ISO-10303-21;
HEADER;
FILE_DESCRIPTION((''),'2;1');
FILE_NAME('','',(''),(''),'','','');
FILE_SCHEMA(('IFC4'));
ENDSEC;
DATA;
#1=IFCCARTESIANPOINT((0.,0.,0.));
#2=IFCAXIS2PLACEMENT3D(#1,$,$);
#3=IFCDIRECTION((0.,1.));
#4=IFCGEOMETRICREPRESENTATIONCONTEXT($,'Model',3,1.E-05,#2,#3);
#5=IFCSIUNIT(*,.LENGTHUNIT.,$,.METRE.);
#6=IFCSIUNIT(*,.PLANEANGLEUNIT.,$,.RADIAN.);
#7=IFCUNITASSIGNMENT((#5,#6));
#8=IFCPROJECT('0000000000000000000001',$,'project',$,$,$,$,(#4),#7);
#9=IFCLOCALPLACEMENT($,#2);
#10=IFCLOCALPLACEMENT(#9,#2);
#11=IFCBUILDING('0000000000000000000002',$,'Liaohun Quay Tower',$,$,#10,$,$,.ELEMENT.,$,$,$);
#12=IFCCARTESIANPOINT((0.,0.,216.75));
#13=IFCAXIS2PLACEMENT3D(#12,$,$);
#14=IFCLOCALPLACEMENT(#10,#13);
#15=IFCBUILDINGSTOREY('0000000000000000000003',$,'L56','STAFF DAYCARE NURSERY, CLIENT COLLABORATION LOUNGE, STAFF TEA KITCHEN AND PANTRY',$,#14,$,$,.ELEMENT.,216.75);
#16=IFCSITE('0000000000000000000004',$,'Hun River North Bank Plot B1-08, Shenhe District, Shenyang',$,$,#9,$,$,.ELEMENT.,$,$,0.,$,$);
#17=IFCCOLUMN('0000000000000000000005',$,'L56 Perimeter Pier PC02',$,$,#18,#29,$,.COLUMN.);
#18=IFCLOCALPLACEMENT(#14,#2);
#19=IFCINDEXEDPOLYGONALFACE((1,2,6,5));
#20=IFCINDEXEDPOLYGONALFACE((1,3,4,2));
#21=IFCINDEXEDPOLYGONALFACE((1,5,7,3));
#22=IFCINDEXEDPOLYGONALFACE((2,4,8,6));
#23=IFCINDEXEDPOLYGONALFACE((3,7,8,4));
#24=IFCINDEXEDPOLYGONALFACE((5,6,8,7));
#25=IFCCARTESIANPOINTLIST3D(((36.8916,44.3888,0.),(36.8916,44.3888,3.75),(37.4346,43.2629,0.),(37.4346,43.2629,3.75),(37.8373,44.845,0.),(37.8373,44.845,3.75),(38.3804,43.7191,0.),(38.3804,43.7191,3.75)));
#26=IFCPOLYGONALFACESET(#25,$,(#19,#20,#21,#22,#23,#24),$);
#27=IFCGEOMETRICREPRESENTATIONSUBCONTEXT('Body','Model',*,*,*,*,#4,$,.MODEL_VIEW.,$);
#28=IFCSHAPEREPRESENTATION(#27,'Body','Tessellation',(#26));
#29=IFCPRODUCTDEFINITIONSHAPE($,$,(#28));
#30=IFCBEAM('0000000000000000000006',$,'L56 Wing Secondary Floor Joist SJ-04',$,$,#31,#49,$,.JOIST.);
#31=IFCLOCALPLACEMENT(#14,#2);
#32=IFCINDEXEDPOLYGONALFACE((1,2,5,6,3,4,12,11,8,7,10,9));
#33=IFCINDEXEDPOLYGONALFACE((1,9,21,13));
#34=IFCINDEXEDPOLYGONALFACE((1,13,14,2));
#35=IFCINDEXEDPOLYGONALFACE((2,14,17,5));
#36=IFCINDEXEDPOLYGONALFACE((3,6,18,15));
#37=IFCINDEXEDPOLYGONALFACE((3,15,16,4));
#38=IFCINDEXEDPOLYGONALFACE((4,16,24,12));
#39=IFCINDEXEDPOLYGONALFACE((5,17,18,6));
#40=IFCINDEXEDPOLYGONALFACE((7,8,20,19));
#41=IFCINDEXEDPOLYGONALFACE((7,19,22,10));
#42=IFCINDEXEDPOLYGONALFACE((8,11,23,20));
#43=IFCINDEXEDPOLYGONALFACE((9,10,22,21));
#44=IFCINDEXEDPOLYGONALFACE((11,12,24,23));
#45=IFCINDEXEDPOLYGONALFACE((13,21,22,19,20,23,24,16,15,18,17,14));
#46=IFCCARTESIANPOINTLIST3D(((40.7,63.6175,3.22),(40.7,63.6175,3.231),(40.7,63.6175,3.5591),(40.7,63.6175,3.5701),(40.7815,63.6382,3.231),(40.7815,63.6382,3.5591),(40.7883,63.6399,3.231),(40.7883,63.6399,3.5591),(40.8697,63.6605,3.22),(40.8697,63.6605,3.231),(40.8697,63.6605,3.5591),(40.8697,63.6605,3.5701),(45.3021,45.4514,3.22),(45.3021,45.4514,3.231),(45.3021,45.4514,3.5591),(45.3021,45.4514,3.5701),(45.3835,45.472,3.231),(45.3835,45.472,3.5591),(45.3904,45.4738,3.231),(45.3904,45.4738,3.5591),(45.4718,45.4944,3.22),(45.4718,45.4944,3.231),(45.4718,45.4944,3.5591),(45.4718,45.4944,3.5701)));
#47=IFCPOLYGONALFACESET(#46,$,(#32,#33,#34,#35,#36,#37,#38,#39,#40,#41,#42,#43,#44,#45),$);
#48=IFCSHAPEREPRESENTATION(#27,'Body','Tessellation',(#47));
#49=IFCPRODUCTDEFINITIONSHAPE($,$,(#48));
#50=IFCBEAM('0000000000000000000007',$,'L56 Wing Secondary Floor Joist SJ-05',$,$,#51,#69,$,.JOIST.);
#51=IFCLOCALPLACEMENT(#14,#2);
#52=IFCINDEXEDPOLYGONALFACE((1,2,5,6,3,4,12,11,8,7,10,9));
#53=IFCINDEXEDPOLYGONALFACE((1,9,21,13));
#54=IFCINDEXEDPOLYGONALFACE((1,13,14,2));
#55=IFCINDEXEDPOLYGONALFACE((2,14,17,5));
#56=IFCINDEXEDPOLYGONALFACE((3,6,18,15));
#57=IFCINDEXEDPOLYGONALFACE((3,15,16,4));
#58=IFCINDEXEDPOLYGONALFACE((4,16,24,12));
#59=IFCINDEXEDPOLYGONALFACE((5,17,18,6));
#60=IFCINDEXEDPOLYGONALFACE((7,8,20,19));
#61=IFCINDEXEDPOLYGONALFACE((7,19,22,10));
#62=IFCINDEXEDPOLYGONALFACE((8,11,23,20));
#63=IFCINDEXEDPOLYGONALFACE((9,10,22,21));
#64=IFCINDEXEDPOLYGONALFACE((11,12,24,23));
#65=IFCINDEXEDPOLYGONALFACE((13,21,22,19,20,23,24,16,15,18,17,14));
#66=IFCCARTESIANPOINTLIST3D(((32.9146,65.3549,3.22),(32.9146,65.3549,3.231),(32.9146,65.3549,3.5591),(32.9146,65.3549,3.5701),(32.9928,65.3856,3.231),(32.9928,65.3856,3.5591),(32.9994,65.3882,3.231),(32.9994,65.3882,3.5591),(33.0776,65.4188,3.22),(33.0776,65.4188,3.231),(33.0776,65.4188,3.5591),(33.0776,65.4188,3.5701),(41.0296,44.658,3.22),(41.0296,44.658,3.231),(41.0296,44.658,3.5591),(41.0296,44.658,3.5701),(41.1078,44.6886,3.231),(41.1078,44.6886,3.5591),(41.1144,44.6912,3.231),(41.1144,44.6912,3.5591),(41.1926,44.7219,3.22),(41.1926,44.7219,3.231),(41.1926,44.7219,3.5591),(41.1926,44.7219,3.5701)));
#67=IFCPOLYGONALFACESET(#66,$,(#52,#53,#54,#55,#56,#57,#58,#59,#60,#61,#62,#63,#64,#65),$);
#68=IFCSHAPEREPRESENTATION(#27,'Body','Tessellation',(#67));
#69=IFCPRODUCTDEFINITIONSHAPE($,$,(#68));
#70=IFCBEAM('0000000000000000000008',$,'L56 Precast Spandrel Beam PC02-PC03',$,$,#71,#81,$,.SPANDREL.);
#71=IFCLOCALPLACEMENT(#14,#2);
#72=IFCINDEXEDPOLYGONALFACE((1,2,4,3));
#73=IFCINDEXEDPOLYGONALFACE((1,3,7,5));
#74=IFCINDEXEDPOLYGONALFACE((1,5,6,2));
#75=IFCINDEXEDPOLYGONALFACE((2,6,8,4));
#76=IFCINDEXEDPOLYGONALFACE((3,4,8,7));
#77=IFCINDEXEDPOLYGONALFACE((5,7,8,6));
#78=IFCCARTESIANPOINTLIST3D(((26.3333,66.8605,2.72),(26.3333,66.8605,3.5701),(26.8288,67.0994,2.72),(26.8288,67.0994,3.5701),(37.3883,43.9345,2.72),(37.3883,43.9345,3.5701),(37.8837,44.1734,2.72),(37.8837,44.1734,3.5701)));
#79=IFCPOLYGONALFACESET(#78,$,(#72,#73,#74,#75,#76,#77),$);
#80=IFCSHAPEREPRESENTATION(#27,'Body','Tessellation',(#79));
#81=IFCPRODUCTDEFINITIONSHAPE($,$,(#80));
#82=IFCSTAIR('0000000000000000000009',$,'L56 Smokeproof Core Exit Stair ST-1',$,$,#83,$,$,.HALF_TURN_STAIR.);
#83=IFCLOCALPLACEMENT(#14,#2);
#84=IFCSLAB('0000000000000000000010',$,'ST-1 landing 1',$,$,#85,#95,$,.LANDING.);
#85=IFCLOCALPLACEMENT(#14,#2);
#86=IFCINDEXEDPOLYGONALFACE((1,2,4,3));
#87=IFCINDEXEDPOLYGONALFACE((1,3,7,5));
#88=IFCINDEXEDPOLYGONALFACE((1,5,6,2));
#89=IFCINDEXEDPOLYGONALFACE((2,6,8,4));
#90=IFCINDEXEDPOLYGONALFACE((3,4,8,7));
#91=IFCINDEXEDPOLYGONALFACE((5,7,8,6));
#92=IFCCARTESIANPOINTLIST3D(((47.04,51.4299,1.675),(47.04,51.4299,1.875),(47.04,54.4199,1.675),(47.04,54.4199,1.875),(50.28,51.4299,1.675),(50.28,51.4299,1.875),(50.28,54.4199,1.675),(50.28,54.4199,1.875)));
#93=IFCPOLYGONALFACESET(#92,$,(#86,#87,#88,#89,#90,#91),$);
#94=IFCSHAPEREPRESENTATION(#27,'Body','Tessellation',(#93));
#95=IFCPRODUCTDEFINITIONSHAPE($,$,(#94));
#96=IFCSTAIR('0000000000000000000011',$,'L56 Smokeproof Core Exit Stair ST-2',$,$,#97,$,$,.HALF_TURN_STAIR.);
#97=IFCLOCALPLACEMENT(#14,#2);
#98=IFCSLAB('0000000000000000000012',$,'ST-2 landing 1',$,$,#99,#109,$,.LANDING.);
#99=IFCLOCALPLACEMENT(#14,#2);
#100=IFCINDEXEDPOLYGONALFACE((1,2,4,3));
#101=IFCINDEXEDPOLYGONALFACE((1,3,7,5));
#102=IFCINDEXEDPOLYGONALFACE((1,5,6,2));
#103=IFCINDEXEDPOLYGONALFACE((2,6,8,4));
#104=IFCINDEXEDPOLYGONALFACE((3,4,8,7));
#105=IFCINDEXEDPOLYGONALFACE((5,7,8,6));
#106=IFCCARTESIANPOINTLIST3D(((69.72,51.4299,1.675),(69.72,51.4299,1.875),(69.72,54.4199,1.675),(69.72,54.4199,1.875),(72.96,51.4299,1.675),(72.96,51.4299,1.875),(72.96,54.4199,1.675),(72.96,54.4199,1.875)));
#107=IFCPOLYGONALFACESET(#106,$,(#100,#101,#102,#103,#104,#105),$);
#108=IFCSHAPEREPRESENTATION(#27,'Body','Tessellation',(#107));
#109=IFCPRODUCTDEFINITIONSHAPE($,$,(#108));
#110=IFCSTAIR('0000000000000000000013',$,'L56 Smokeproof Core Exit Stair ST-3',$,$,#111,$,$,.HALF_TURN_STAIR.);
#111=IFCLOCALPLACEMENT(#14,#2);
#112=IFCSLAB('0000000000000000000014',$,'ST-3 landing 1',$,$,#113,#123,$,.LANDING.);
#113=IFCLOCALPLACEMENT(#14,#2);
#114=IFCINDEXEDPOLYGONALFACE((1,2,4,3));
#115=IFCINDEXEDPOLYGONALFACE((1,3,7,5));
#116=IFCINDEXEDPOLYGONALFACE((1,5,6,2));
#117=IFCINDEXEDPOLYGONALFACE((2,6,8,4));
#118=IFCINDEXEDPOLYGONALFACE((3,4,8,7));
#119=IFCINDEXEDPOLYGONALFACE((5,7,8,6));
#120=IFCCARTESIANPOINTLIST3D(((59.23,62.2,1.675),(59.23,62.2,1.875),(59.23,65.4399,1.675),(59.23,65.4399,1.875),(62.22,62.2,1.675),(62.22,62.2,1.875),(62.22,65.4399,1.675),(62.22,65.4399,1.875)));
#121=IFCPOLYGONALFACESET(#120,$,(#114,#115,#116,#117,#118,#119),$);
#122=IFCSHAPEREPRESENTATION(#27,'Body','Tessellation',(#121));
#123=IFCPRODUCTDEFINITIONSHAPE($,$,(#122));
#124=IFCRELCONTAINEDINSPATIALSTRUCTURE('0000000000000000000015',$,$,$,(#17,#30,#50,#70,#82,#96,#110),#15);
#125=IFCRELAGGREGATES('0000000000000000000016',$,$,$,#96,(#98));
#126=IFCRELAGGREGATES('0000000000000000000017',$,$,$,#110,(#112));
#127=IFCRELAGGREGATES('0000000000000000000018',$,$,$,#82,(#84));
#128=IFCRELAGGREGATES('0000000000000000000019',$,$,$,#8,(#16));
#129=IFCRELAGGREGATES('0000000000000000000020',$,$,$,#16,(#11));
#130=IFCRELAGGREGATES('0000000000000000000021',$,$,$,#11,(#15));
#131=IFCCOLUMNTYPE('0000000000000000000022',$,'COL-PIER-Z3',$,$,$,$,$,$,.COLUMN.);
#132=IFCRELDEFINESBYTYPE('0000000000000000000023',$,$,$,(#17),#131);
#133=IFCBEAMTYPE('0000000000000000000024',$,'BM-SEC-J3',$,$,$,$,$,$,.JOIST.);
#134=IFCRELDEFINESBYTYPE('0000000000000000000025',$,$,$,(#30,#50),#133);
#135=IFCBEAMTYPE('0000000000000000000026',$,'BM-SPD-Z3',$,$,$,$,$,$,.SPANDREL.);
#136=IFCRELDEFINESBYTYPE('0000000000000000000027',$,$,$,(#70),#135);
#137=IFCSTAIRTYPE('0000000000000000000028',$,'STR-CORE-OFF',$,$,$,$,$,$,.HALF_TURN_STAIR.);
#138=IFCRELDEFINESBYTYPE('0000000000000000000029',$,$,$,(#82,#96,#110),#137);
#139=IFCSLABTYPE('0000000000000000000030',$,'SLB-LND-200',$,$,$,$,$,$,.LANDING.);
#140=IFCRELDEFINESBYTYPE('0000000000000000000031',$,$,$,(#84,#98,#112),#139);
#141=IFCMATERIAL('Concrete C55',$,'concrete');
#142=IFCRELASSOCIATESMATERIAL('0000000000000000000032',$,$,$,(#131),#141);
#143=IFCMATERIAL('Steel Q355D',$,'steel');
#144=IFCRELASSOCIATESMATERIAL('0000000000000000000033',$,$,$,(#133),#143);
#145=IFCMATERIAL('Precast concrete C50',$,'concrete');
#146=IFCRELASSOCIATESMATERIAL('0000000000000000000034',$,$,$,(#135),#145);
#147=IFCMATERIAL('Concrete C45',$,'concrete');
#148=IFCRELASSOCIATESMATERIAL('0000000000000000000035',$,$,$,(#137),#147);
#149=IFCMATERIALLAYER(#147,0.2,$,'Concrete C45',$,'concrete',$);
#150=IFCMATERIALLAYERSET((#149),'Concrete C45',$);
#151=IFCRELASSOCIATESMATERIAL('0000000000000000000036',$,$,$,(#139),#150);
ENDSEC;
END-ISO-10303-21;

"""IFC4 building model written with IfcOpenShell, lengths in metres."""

from ifc_helpers import new_model, si_unit, direction, frame, origin, origin_2d, place, context, subcontext, project, spatial, polyline, rectangle, i_section, outline, extrude, source, transform, mapped, material, layer, layer_set, material_profile, profile_set, type_object, element, aggregate, save


model = new_model("IFC4")

# Units and contexts
model_context = context("Model", 3, precision=1e-05, world=origin(), true_north=direction((0.0, 1.0)))
body_context = subcontext(model_context, "Body", "Model", "MODEL_VIEW")
ifc_project = project(units=[si_unit("LENGTHUNIT", "METRE"), si_unit("PLANEANGLEUNIT", "RADIAN")], contexts=[model_context])

# Site, building, storey
site_placement = place(None, origin())
site = spatial("IfcSite", under=ifc_project, at=site_placement, Name="Hun River North Bank Plot B1-08, Shenhe District, Shenyang", CompositionType="ELEMENT", RefElevation=0.0)
building_placement = place(site_placement, origin())
building = spatial("IfcBuilding", under=site, at=building_placement, Name="Liaohun Quay Tower", CompositionType="ELEMENT")
storey_placement = place(building_placement, frame((0.0, 0.0, 216.75)))
storey = spatial("IfcBuildingStorey", under=building, at=storey_placement, Name="L56", Description="STAFF DAYCARE NURSERY, CLIENT COLLABORATION LOUNGE, STAFF TEA KITCHEN AND PANTRY", CompositionType="ELEMENT", Elevation=216.75)

# Column
ifc_material_1 = material(Name="Concrete C55", Category="concrete")
ifc_material_profile_1 = material_profile(ifc_material_1, rectangle(XDim=1.25, YDim=1.05, at=origin_2d()), Name="RC1250x1050")
ifc_profile_set_1 = profile_set([ifc_material_profile_1], Name="Concrete C55")
column_type = type_object("IfcColumnType", Name="COL-PIER-Z3", PredefinedType="COLUMN", material=ifc_profile_set_1)
shared_shape_1 = source(origin(), body_context, "Body", "SweptSolid", [
    extrude(rectangle(XDim=1.25, YDim=1.05, at=origin_2d()), origin(), (0.0, 0.0, 1.0), 3.75),
])
column_placement = place(storey_placement, frame((37.636, 44.054, 0.0), z_axis=(0.0, 0.0, 1.0), x_axis=(-0.434445, 0.900698, 0.0)))
element("IfcColumn", 1, at=column_placement, inside=storey, type_object=column_type, Name="L56 Perimeter Pier PC02", PredefinedType="COLUMN", context=body_context, shape_type="MappedRepresentation", body=[
    mapped(shared_shape_1, transform((0.0, 0.0, 0.0), x_axis=(1.0, 0.0, 0.0), y_axis=(0.0, 1.0, 0.0), z_axis=(0.0, 0.0, 1.0), scale=1.0)),
])

# Beams
ifc_material_2 = material(Name="Steel Q355D", Category="steel")
ifc_material_profile_2 = material_profile(ifc_material_2, i_section(OverallWidth=0.175, OverallDepth=0.3501, WebThickness=0.0071, FlangeThickness=0.011, at=origin_2d()), Name="HN350x175x7x11")
ifc_profile_set_2 = profile_set([ifc_material_profile_2], Name="Steel Q355D")
beam_type_1 = type_object("IfcBeamType", Name="BM-SEC-J3", PredefinedType="JOIST", material=ifc_profile_set_2)
shared_shape_2 = source(origin(), body_context, "Body", "SweptSolid", [
    extrude(i_section(OverallWidth=0.175, OverallDepth=0.3501, WebThickness=0.0071, FlangeThickness=0.011, at=origin_2d()), origin(), (0.0, 0.0, 1.0), 18.74),
])
beam_1_placement = place(storey_placement, frame((45.387, 45.4729, 3.395), z_axis=(-0.245575, 0.969378, 0.0), x_axis=(-0.969378, -0.245575, 0.0)))
element("IfcBeam", 2, at=beam_1_placement, inside=storey, type_object=beam_type_1, Name="L56 Wing Secondary Floor Joist SJ-04", PredefinedType="JOIST", context=body_context, shape_type="MappedRepresentation", body=[
    mapped(shared_shape_2, transform((0.0, 0.0, 0.0), x_axis=(1.0, 0.0, 0.0), y_axis=(0.0, 1.0, 0.0), z_axis=(0.0, 0.0, 1.0), scale=1.0)),
])
shared_shape_3 = source(origin(), body_context, "Body", "SweptSolid", [
    extrude(i_section(OverallWidth=0.175, OverallDepth=0.3501, WebThickness=0.0071, FlangeThickness=0.011, at=origin_2d()), origin(), (0.0, 0.0, 1.0), 22.231),
])
beam_2_placement = place(storey_placement, frame((41.1111, 44.6899, 3.395), z_axis=(-0.365029, 0.930996, 0.0), x_axis=(-0.930996, -0.365029, 0.0)))
element("IfcBeam", 3, at=beam_2_placement, inside=storey, type_object=beam_type_1, Name="L56 Wing Secondary Floor Joist SJ-05", PredefinedType="JOIST", context=body_context, shape_type="MappedRepresentation", body=[
    mapped(shared_shape_3, transform((0.0, 0.0, 0.0), x_axis=(1.0, 0.0, 0.0), y_axis=(0.0, 1.0, 0.0), z_axis=(0.0, 0.0, 1.0), scale=1.0)),
])
ifc_material_3 = material(Name="Precast concrete C50", Category="concrete")
ifc_material_profile_3 = material_profile(ifc_material_3, rectangle(XDim=0.55, YDim=0.8501, at=origin_2d()), Name="RC550x850")
ifc_profile_set_3 = profile_set([ifc_material_profile_3], Name="Precast concrete C50")
beam_type_2 = type_object("IfcBeamType", Name="BM-SPD-Z3", PredefinedType="SPANDREL", material=ifc_profile_set_3)
shared_shape_4 = source(origin(), body_context, "Body", "SweptSolid", [
    extrude(rectangle(XDim=0.55, YDim=0.8501, at=origin_2d()), origin(), (0.0, 0.0, 1.0), 25.4521),
])
beam_3_placement = place(storey_placement, frame((37.636, 44.054, 3.145), z_axis=(-0.434341, 0.900749, 0.0), x_axis=(-0.900749, -0.434341, 0.0)))
element("IfcBeam", 4, at=beam_3_placement, inside=storey, type_object=beam_type_2, Name="L56 Precast Spandrel Beam PC02-PC03", PredefinedType="SPANDREL", context=body_context, shape_type="MappedRepresentation", body=[
    mapped(shared_shape_4, transform((0.0, 0.0, 0.0), x_axis=(1.0, 0.0, 0.0), y_axis=(0.0, 1.0, 0.0), z_axis=(0.0, 0.0, 1.0), scale=1.0)),
])

# Stairs, slabs
ifc_material_4 = material(Name="Concrete C45", Category="concrete")
stair_type = type_object("IfcStairType", Name="STR-CORE-OFF", PredefinedType="HALF_TURN_STAIR", material=ifc_material_4)
stair_1_placement = place(storey_placement, origin())
stair_1 = element("IfcStair", 5, at=stair_1_placement, inside=storey, type_object=stair_type, Name="L56 Smokeproof Core Exit Stair ST-1", PredefinedType="HALF_TURN_STAIR")
ifc_layer_1 = layer(ifc_material_4, 0.2, Name="Concrete C45", Category="concrete")
ifc_layer_set_1 = layer_set([ifc_layer_1], Name="Concrete C45")
slab_type_1 = type_object("IfcSlabType", Name="SLB-LND-200", PredefinedType="LANDING", material=ifc_layer_set_1)
slab_1_placement = place(storey_placement, frame((0.0, 0.0, 1.675)))
slab_1 = element("IfcSlab", 6, at=slab_1_placement, type_object=slab_type_1, Name="ST-1 landing 1", PredefinedType="LANDING", context=body_context, shape_type="SweptSolid", body=[
    extrude(outline(polyline([(50.28, 51.4299), (50.28, 54.4199), (47.04, 54.4199), (47.04, 51.4299), (50.28, 51.4299)])), origin(), (0.0, 0.0, 1.0), 0.2),
])
stair_2_placement = place(storey_placement, origin())
stair_2 = element("IfcStair", 7, at=stair_2_placement, inside=storey, type_object=stair_type, Name="L56 Smokeproof Core Exit Stair ST-2", PredefinedType="HALF_TURN_STAIR")
slab_2_placement = place(storey_placement, frame((0.0, 0.0, 1.675)))
slab_2 = element("IfcSlab", 8, at=slab_2_placement, type_object=slab_type_1, Name="ST-2 landing 1", PredefinedType="LANDING", context=body_context, shape_type="SweptSolid", body=[
    extrude(outline(polyline([(72.96, 51.4299), (72.96, 54.4199), (69.72, 54.4199), (69.72, 51.4299), (72.96, 51.4299)])), origin(), (0.0, 0.0, 1.0), 0.2),
])
aggregate(stair_2, [slab_2])
stair_3_placement = place(storey_placement, origin())
stair_3 = element("IfcStair", 9, at=stair_3_placement, inside=storey, type_object=stair_type, Name="L56 Smokeproof Core Exit Stair ST-3", PredefinedType="HALF_TURN_STAIR")
slab_3_placement = place(storey_placement, frame((0.0, 0.0, 1.675)))
slab_3 = element("IfcSlab", 10, at=slab_3_placement, type_object=slab_type_1, Name="ST-3 landing 1", PredefinedType="LANDING", context=body_context, shape_type="SweptSolid", body=[
    extrude(outline(polyline([(59.23, 62.2), (62.22, 62.2), (62.22, 65.4399), (59.23, 65.4399), (59.23, 62.2)])), origin(), (0.0, 0.0, 1.0), 0.2),
])
aggregate(stair_3, [slab_3])

aggregate(stair_1, [slab_1])

save(model, "model.ifc")
